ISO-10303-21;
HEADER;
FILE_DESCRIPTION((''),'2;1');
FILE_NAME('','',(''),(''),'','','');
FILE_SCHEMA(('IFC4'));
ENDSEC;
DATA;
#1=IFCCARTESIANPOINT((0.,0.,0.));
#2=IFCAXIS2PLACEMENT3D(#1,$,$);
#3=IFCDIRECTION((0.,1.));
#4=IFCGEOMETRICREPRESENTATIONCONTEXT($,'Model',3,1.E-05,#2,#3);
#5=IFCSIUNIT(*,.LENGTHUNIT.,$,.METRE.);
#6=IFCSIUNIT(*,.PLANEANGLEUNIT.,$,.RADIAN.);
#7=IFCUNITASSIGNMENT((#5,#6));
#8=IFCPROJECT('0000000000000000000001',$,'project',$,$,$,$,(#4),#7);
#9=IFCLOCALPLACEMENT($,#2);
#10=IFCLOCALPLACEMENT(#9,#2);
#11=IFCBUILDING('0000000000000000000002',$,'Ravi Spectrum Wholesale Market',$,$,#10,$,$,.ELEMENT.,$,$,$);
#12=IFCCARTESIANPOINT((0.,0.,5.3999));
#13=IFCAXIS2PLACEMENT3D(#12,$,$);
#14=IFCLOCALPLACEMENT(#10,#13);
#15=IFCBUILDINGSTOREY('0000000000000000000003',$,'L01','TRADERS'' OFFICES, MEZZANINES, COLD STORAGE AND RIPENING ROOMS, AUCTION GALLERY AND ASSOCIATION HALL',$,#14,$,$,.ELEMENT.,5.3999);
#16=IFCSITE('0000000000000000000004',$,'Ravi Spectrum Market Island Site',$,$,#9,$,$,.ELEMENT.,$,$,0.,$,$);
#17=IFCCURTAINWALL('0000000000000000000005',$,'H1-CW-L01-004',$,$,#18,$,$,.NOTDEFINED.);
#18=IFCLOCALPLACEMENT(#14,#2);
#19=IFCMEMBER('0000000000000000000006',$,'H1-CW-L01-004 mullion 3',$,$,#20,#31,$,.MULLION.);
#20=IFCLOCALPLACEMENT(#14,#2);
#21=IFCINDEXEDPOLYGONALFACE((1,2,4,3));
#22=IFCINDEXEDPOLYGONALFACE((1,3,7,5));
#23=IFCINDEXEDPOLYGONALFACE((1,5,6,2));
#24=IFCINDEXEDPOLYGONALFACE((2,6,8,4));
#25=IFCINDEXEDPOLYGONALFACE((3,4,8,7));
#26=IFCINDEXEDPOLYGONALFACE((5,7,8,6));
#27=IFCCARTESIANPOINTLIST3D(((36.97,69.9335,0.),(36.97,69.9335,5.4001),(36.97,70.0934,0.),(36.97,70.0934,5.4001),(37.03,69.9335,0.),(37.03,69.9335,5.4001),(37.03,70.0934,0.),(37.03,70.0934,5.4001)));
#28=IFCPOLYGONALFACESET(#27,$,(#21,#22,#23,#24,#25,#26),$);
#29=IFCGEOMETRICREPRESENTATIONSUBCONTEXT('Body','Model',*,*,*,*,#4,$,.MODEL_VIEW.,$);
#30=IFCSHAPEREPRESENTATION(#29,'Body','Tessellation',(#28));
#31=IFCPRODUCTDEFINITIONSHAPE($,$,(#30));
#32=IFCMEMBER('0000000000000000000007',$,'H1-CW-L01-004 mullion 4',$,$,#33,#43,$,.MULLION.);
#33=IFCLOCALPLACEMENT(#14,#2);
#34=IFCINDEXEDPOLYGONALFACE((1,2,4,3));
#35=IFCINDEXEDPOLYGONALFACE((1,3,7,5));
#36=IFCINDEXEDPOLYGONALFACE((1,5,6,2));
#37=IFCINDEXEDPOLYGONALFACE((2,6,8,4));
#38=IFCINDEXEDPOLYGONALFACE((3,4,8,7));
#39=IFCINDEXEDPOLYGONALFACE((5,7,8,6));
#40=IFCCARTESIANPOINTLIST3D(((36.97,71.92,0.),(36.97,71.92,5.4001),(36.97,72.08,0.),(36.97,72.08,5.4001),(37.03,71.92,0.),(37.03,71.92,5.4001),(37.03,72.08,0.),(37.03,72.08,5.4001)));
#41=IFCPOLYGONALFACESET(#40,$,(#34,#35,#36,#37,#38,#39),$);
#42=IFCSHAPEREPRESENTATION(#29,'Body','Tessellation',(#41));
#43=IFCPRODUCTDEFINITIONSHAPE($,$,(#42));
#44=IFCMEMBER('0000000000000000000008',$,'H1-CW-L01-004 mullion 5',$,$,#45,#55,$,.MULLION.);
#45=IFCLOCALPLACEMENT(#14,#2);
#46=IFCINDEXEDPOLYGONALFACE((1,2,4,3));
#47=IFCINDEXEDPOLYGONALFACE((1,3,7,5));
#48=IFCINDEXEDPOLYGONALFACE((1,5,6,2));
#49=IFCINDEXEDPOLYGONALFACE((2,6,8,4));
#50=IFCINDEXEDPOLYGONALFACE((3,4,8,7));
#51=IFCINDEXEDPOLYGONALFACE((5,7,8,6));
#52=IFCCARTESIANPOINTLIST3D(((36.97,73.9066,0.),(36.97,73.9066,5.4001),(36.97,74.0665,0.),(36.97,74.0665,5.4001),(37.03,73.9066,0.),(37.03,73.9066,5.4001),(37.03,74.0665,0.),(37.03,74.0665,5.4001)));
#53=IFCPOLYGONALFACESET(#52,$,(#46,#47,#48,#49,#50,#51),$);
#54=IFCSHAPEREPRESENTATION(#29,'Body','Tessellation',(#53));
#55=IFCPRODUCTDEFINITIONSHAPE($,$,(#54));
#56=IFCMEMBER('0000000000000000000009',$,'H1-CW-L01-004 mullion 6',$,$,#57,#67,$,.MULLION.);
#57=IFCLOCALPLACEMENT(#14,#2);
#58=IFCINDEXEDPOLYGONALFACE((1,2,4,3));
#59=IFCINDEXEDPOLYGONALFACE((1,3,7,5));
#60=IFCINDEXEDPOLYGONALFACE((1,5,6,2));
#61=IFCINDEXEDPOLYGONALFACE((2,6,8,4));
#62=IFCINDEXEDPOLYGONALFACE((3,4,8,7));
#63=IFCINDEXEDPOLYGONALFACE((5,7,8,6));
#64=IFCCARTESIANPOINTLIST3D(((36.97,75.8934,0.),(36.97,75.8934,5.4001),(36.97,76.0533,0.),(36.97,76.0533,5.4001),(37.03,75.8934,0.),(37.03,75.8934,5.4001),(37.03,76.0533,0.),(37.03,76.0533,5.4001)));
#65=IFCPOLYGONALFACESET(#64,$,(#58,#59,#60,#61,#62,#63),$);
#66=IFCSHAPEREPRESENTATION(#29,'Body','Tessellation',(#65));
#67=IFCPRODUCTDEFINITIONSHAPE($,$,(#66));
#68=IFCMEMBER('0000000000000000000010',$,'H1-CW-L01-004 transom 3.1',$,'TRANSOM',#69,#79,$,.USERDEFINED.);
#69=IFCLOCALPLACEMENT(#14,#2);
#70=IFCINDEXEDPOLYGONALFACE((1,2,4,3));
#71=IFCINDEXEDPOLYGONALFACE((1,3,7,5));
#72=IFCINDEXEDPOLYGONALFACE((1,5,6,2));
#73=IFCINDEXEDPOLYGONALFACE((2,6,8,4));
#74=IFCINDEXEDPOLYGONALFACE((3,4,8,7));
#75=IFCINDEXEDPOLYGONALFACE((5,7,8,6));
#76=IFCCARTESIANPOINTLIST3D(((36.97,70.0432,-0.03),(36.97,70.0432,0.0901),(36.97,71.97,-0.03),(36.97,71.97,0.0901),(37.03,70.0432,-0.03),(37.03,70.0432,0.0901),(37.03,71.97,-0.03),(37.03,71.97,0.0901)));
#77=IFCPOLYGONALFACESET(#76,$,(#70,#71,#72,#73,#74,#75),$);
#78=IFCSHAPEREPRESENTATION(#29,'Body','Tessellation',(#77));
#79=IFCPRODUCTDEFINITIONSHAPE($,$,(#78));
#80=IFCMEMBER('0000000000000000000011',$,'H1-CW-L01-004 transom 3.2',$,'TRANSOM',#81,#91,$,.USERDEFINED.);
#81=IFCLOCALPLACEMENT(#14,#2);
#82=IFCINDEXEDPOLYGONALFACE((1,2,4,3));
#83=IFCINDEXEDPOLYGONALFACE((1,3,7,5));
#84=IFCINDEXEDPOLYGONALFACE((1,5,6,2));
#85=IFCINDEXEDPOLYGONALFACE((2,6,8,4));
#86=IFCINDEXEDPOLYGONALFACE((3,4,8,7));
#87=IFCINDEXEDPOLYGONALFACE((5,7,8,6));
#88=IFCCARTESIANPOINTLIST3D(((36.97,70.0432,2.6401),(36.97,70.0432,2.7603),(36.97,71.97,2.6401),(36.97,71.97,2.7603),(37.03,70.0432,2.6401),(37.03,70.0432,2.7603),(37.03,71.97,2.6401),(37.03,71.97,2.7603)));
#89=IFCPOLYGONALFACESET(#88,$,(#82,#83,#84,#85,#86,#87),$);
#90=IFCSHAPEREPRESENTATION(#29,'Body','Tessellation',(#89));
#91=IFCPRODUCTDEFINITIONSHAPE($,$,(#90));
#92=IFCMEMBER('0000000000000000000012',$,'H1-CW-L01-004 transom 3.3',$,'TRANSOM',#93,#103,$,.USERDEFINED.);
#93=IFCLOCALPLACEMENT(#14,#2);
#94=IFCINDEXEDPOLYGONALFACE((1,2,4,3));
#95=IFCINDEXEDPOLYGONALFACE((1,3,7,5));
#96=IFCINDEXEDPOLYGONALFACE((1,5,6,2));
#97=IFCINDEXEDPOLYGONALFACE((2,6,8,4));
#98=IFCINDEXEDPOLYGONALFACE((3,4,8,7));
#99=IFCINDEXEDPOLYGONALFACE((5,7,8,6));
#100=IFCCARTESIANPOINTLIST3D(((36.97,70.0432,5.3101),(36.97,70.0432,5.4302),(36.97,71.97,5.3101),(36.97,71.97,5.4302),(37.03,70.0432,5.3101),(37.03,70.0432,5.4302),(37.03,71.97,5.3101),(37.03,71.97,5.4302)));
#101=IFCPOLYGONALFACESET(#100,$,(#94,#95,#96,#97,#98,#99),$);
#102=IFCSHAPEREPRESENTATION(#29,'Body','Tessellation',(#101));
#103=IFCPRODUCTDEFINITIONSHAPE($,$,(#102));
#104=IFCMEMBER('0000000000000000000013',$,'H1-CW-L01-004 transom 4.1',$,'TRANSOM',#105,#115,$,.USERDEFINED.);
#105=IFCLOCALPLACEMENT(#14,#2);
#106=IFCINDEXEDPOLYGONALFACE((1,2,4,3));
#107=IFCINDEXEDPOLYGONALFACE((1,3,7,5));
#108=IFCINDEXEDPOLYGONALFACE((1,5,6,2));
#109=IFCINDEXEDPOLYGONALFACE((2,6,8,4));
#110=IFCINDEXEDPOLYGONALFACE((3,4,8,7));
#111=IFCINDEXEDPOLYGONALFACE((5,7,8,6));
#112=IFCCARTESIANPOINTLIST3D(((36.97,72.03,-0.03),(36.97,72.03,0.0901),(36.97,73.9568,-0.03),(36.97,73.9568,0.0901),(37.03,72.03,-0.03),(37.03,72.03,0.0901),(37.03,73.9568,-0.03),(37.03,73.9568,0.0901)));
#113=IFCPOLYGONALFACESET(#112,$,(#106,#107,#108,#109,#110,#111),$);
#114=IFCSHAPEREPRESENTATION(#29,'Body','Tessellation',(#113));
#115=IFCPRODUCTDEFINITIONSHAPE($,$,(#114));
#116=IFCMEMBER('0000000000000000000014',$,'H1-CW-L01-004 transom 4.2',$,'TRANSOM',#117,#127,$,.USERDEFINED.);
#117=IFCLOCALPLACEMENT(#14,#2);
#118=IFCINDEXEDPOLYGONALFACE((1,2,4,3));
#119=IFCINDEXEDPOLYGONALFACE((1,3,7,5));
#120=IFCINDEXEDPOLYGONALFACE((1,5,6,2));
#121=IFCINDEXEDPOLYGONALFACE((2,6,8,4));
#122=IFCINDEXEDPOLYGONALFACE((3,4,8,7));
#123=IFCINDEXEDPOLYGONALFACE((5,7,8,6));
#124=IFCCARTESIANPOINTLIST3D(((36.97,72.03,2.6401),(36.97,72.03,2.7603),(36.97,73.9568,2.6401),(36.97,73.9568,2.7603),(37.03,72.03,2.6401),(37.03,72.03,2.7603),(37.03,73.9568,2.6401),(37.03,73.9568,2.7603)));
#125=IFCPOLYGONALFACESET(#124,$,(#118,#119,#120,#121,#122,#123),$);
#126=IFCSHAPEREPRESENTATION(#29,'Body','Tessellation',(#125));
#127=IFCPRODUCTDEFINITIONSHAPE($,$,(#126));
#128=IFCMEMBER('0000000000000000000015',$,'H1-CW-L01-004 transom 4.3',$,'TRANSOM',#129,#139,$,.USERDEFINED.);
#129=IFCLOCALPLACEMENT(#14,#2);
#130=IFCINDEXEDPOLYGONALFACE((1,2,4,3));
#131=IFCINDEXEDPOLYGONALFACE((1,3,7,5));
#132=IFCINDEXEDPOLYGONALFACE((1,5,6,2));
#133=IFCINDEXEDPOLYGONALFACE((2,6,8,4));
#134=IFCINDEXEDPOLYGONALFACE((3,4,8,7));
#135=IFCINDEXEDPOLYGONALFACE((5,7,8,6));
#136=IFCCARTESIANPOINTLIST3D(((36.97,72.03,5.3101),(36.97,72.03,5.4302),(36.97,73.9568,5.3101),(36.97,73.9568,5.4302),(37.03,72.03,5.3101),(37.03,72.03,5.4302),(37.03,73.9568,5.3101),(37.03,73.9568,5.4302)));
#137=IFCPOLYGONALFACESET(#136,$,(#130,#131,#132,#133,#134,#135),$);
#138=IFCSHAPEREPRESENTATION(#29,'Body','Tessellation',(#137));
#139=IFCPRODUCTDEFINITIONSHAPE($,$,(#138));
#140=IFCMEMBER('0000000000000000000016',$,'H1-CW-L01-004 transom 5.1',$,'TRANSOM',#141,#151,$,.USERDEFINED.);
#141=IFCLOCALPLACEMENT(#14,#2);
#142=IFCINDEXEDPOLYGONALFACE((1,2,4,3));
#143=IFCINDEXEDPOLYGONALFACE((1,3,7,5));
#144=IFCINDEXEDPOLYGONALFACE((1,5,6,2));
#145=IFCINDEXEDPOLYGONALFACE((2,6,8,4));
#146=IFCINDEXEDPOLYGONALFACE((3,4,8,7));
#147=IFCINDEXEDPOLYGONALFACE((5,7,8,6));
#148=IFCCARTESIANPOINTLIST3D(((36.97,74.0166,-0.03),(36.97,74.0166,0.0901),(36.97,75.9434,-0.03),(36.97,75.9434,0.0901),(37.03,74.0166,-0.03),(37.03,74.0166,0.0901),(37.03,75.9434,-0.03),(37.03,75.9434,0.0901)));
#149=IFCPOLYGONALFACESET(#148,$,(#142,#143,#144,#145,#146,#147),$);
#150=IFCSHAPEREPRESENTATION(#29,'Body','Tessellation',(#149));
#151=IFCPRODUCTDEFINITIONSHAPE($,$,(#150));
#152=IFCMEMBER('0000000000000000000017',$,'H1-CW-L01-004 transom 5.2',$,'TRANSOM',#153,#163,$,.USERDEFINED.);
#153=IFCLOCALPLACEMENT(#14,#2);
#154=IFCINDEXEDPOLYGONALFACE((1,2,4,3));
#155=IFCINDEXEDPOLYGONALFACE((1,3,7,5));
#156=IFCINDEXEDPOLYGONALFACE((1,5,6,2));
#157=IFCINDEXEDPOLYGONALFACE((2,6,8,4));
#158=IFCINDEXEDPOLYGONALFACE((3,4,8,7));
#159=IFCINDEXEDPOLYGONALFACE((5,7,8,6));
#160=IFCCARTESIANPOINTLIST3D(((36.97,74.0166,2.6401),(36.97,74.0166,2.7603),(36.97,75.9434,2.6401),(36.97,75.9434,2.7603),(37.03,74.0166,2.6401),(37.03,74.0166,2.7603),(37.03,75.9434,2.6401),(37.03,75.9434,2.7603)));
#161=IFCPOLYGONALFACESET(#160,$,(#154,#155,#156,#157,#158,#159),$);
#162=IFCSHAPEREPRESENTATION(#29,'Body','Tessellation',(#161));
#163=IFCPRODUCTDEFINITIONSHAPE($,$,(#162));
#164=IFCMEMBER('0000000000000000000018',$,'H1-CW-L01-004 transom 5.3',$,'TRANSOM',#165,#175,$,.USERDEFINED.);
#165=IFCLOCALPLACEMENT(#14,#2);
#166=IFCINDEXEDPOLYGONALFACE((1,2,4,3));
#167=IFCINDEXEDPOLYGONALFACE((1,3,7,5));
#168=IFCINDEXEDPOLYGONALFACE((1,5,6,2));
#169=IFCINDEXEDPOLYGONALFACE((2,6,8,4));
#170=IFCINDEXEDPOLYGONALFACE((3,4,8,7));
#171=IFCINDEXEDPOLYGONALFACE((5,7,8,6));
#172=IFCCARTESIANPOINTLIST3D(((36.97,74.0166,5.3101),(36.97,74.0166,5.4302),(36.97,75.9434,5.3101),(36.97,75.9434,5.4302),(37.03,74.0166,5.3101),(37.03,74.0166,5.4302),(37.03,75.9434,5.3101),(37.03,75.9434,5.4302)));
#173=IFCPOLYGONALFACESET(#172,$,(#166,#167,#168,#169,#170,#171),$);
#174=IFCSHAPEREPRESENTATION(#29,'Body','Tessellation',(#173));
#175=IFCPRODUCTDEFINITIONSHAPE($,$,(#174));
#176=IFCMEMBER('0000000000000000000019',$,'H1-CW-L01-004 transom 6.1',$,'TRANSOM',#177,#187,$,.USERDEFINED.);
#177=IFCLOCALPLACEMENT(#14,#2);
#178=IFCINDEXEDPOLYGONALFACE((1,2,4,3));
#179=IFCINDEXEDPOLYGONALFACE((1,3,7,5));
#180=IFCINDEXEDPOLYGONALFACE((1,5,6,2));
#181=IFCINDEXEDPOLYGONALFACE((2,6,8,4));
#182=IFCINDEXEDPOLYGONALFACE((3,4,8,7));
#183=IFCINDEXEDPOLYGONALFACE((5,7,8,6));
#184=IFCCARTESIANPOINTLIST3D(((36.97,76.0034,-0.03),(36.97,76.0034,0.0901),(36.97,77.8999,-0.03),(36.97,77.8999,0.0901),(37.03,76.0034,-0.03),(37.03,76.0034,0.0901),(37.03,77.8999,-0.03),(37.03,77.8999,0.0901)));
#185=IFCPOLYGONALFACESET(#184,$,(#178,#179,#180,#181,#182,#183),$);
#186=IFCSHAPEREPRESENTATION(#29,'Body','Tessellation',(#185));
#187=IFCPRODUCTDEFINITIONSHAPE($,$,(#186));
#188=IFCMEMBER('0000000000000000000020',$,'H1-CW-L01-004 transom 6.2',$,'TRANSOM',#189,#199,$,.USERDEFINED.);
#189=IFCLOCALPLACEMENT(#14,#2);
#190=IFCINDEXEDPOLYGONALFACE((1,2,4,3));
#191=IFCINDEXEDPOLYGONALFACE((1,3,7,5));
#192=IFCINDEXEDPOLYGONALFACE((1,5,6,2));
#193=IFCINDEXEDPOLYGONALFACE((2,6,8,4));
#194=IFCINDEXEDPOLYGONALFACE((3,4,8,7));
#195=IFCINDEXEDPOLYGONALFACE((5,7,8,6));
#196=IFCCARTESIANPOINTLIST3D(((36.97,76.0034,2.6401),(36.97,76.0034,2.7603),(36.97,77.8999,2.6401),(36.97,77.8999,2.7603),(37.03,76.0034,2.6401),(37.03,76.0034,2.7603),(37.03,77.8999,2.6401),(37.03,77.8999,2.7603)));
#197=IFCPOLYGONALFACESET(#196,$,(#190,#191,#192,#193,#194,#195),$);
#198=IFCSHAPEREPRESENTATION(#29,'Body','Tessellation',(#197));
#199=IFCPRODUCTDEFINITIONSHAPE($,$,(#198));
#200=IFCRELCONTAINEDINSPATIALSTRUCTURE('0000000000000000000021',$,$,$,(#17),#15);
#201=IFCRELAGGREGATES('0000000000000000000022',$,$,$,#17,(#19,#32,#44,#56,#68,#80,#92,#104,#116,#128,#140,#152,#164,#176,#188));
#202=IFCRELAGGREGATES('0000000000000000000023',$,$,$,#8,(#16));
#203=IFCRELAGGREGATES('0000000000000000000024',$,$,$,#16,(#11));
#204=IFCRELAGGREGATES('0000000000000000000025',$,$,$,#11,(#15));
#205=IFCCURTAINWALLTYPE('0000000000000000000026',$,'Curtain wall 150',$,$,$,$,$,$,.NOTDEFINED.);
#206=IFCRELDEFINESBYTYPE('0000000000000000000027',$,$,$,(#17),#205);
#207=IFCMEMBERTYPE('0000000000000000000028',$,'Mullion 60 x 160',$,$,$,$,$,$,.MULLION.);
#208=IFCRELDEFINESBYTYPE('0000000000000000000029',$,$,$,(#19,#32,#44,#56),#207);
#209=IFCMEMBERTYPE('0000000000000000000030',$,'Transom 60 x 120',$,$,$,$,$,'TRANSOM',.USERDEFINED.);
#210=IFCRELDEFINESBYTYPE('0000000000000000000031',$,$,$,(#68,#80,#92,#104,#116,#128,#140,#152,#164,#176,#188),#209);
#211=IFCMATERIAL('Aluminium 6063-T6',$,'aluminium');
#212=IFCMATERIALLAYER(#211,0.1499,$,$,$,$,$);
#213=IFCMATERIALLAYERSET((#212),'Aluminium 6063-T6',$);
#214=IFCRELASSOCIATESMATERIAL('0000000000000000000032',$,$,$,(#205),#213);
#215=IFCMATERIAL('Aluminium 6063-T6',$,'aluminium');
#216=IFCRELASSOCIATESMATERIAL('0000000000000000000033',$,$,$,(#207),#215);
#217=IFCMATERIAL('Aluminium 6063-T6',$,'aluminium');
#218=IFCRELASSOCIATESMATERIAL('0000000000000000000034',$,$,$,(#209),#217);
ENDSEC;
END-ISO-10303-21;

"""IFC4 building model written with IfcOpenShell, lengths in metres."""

from ifc_helpers import new_model, si_unit, direction, frame, origin, origin_2d, place, context, subcontext, project, spatial, rectangle, extrude, material, layer, layer_set, material_profile, profile_set, type_object, element, aggregate, save


model = new_model("IFC4")

# Units and contexts
model_context = context("Model", 3, precision=1e-05, world=origin(), true_north=direction((0.0, 1.0)))
body_context = subcontext(model_context, "Body", "Model", "MODEL_VIEW")
ifc_project = project(units=[si_unit("LENGTHUNIT", "METRE"), si_unit("PLANEANGLEUNIT", "RADIAN")], contexts=[model_context])

# Site, building, storey
site_placement = place(None, origin())
site = spatial("IfcSite", under=ifc_project, at=site_placement, Name="Ravi Spectrum Market Island Site", CompositionType="ELEMENT", RefElevation=0.0)
building_placement = place(site_placement, origin())
building = spatial("IfcBuilding", under=site, at=building_placement, Name="Ravi Spectrum Wholesale Market", CompositionType="ELEMENT")
storey_placement = place(building_placement, frame((0.0, 0.0, 5.3999)))
storey = spatial("IfcBuildingStorey", under=building, at=storey_placement, Name="L01", Description="TRADERS' OFFICES, MEZZANINES, COLD STORAGE AND RIPENING ROOMS, AUCTION GALLERY AND ASSOCIATION HALL", CompositionType="ELEMENT", Elevation=5.3999)

# Curtain wall, members
ifc_material_1 = material(Name="Aluminium 6063-T6", Category="aluminium")
ifc_layer_1 = layer(ifc_material_1, 0.1499)
ifc_layer_set_1 = layer_set([ifc_layer_1], Name="Aluminium 6063-T6")
curtain_wall_type = type_object("IfcCurtainWallType", Name="Curtain wall 150", PredefinedType="NOTDEFINED", material=ifc_layer_set_1)
curtain_wall_placement = place(storey_placement, origin())
curtain_wall = element("IfcCurtainWall", 1, at=curtain_wall_placement, inside=storey, type_object=curtain_wall_type, Name="H1-CW-L01-004", PredefinedType="NOTDEFINED")
ifc_material_2 = material(Name="Aluminium 6063-T6", Category="aluminium")
ifc_material_profile_1 = material_profile(ifc_material_2, rectangle(XDim=0.0601, YDim=0.1599, at=origin_2d()))
ifc_profile_set_1 = profile_set([ifc_material_profile_1], Name="Aluminium 6063-T6")
member_type_1 = type_object("IfcMemberType", Name="Mullion 60 x 160", PredefinedType="MULLION", material=ifc_profile_set_1)
member_1_placement = place(storey_placement, frame((37.0, 70.0134, 0.0), z_axis=(0.0, 0.0, 1.0), x_axis=(-1.0, 0.0, 0.0)))
member_1 = element("IfcMember", 2, at=member_1_placement, type_object=member_type_1, Name="H1-CW-L01-004 mullion 3", PredefinedType="MULLION", context=body_context, shape_type="SweptSolid", body=[
    extrude(rectangle(XDim=0.0601, YDim=0.1599, at=origin_2d()), origin(), (0.0, 0.0, 1.0), 5.4001),
])
member_2_placement = place(storey_placement, frame((37.0, 72.0, 0.0), z_axis=(0.0, 0.0, 1.0), x_axis=(-1.0, 0.0, 0.0)))
member_2 = element("IfcMember", 3, at=member_2_placement, type_object=member_type_1, Name="H1-CW-L01-004 mullion 4", PredefinedType="MULLION", context=body_context, shape_type="SweptSolid", body=[
    extrude(rectangle(XDim=0.0601, YDim=0.1599, at=origin_2d()), origin(), (0.0, 0.0, 1.0), 5.4001),
])
member_3_placement = place(storey_placement, frame((37.0, 73.9866, 0.0), z_axis=(0.0, 0.0, 1.0), x_axis=(-1.0, 0.0, 0.0)))
member_3 = element("IfcMember", 4, at=member_3_placement, type_object=member_type_1, Name="H1-CW-L01-004 mullion 5", PredefinedType="MULLION", context=body_context, shape_type="SweptSolid", body=[
    extrude(rectangle(XDim=0.0601, YDim=0.1599, at=origin_2d()), origin(), (0.0, 0.0, 1.0), 5.4001),
])
member_4_placement = place(storey_placement, frame((37.0, 75.9734, 0.0), z_axis=(0.0, 0.0, 1.0), x_axis=(-1.0, 0.0, 0.0)))
member_4 = element("IfcMember", 5, at=member_4_placement, type_object=member_type_1, Name="H1-CW-L01-004 mullion 6", PredefinedType="MULLION", context=body_context, shape_type="SweptSolid", body=[
    extrude(rectangle(XDim=0.0601, YDim=0.1599, at=origin_2d()), origin(), (0.0, 0.0, 1.0), 5.4001),
])
ifc_material_3 = material(Name="Aluminium 6063-T6", Category="aluminium")
ifc_material_profile_2 = material_profile(ifc_material_3, rectangle(XDim=0.0601, YDim=0.1201, at=origin_2d()))
ifc_profile_set_2 = profile_set([ifc_material_profile_2], Name="Aluminium 6063-T6")
member_type_2 = type_object("IfcMemberType", Name="Transom 60 x 120", ElementType="TRANSOM", PredefinedType="USERDEFINED", material=ifc_profile_set_2)
member_5_placement = place(storey_placement, frame((37.0, 70.0432, 0.03), z_axis=(0.0, 1.0, 0.0), x_axis=(-1.0, 0.0, 0.0)))
member_5 = element("IfcMember", 6, at=member_5_placement, type_object=member_type_2, Name="H1-CW-L01-004 transom 3.1", ObjectType="TRANSOM", PredefinedType="USERDEFINED", context=body_context, shape_type="SweptSolid", body=[
    extrude(rectangle(XDim=0.0601, YDim=0.1201, at=origin_2d()), origin(), (0.0, 0.0, 1.0), 1.9268),
])
member_6_placement = place(storey_placement, frame((37.0, 70.0432, 2.7002), z_axis=(0.0, 1.0, 0.0), x_axis=(-1.0, 0.0, 0.0)))
member_6 = element("IfcMember", 7, at=member_6_placement, type_object=member_type_2, Name="H1-CW-L01-004 transom 3.2", ObjectType="TRANSOM", PredefinedType="USERDEFINED", context=body_context, shape_type="SweptSolid", body=[
    extrude(rectangle(XDim=0.0601, YDim=0.1201, at=origin_2d()), origin(), (0.0, 0.0, 1.0), 1.9268),
])
member_7_placement = place(storey_placement, frame((37.0, 70.0432, 5.3701), z_axis=(0.0, 1.0, 0.0), x_axis=(-1.0, 0.0, 0.0)))
member_7 = element("IfcMember", 8, at=member_7_placement, type_object=member_type_2, Name="H1-CW-L01-004 transom 3.3", ObjectType="TRANSOM", PredefinedType="USERDEFINED", context=body_context, shape_type="SweptSolid", body=[
    extrude(rectangle(XDim=0.0601, YDim=0.1201, at=origin_2d()), origin(), (0.0, 0.0, 1.0), 1.9268),
])
member_8_placement = place(storey_placement, frame((37.0, 72.03, 0.03), z_axis=(0.0, 1.0, 0.0), x_axis=(-1.0, 0.0, 0.0)))
member_8 = element("IfcMember", 9, at=member_8_placement, type_object=member_type_2, Name="H1-CW-L01-004 transom 4.1", ObjectType="TRANSOM", PredefinedType="USERDEFINED", context=body_context, shape_type="SweptSolid", body=[
    extrude(rectangle(XDim=0.0601, YDim=0.1201, at=origin_2d()), origin(), (0.0, 0.0, 1.0), 1.9268),
])
member_9_placement = place(storey_placement, frame((37.0, 72.03, 2.7002), z_axis=(0.0, 1.0, 0.0), x_axis=(-1.0, 0.0, 0.0)))
member_9 = element("IfcMember", 10, at=member_9_placement, type_object=member_type_2, Name="H1-CW-L01-004 transom 4.2", ObjectType="TRANSOM", PredefinedType="USERDEFINED", context=body_context, shape_type="SweptSolid", body=[
    extrude(rectangle(XDim=0.0601, YDim=0.1201, at=origin_2d()), origin(), (0.0, 0.0, 1.0), 1.9268),
])
member_10_placement = place(storey_placement, frame((37.0, 72.03, 5.3701), z_axis=(0.0, 1.0, 0.0), x_axis=(-1.0, 0.0, 0.0)))
member_10 = element("IfcMember", 11, at=member_10_placement, type_object=member_type_2, Name="H1-CW-L01-004 transom 4.3", ObjectType="TRANSOM", PredefinedType="USERDEFINED", context=body_context, shape_type="SweptSolid", body=[
    extrude(rectangle(XDim=0.0601, YDim=0.1201, at=origin_2d()), origin(), (0.0, 0.0, 1.0), 1.9268),
])
member_11_placement = place(storey_placement, frame((37.0, 74.0166, 0.03), z_axis=(0.0, 1.0, 0.0), x_axis=(-1.0, 0.0, 0.0)))
member_11 = element("IfcMember", 12, at=member_11_placement, type_object=member_type_2, Name="H1-CW-L01-004 transom 5.1", ObjectType="TRANSOM", PredefinedType="USERDEFINED", context=body_context, shape_type="SweptSolid", body=[
    extrude(rectangle(XDim=0.0601, YDim=0.1201, at=origin_2d()), origin(), (0.0, 0.0, 1.0), 1.9268),
])
member_12_placement = place(storey_placement, frame((37.0, 74.0166, 2.7002), z_axis=(0.0, 1.0, 0.0), x_axis=(-1.0, 0.0, 0.0)))
member_12 = element("IfcMember", 13, at=member_12_placement, type_object=member_type_2, Name="H1-CW-L01-004 transom 5.2", ObjectType="TRANSOM", PredefinedType="USERDEFINED", context=body_context, shape_type="SweptSolid", body=[
    extrude(rectangle(XDim=0.0601, YDim=0.1201, at=origin_2d()), origin(), (0.0, 0.0, 1.0), 1.9268),
])
member_13_placement = place(storey_placement, frame((37.0, 74.0166, 5.3701), z_axis=(0.0, 1.0, 0.0), x_axis=(-1.0, 0.0, 0.0)))
member_13 = element("IfcMember", 14, at=member_13_placement, type_object=member_type_2, Name="H1-CW-L01-004 transom 5.3", ObjectType="TRANSOM", PredefinedType="USERDEFINED", context=body_context, shape_type="SweptSolid", body=[
    extrude(rectangle(XDim=0.0601, YDim=0.1201, at=origin_2d()), origin(), (0.0, 0.0, 1.0), 1.9268),
])
member_14_placement = place(storey_placement, frame((37.0, 76.0034, 0.03), z_axis=(0.0, 1.0, 0.0), x_axis=(-1.0, 0.0, 0.0)))
member_14 = element("IfcMember", 15, at=member_14_placement, type_object=member_type_2, Name="H1-CW-L01-004 transom 6.1", ObjectType="TRANSOM", PredefinedType="USERDEFINED", context=body_context, shape_type="SweptSolid", body=[
    extrude(rectangle(XDim=0.0601, YDim=0.1201, at=origin_2d()), origin(), (0.0, 0.0, 1.0), 1.8965),
])
member_15_placement = place(storey_placement, frame((37.0, 76.0034, 2.7002), z_axis=(0.0, 1.0, 0.0), x_axis=(-1.0, 0.0, 0.0)))
member_15 = element("IfcMember", 16, at=member_15_placement, type_object=member_type_2, Name="H1-CW-L01-004 transom 6.2", ObjectType="TRANSOM", PredefinedType="USERDEFINED", context=body_context, shape_type="SweptSolid", body=[
    extrude(rectangle(XDim=0.0601, YDim=0.1201, at=origin_2d()), origin(), (0.0, 0.0, 1.0), 1.8965),
])
aggregate(curtain_wall, [member_1, member_2, member_3, member_4, member_5, member_6, member_7, member_8, member_9, member_10, member_11, member_12, member_13, member_14, member_15])

save(model, "model.ifc")
